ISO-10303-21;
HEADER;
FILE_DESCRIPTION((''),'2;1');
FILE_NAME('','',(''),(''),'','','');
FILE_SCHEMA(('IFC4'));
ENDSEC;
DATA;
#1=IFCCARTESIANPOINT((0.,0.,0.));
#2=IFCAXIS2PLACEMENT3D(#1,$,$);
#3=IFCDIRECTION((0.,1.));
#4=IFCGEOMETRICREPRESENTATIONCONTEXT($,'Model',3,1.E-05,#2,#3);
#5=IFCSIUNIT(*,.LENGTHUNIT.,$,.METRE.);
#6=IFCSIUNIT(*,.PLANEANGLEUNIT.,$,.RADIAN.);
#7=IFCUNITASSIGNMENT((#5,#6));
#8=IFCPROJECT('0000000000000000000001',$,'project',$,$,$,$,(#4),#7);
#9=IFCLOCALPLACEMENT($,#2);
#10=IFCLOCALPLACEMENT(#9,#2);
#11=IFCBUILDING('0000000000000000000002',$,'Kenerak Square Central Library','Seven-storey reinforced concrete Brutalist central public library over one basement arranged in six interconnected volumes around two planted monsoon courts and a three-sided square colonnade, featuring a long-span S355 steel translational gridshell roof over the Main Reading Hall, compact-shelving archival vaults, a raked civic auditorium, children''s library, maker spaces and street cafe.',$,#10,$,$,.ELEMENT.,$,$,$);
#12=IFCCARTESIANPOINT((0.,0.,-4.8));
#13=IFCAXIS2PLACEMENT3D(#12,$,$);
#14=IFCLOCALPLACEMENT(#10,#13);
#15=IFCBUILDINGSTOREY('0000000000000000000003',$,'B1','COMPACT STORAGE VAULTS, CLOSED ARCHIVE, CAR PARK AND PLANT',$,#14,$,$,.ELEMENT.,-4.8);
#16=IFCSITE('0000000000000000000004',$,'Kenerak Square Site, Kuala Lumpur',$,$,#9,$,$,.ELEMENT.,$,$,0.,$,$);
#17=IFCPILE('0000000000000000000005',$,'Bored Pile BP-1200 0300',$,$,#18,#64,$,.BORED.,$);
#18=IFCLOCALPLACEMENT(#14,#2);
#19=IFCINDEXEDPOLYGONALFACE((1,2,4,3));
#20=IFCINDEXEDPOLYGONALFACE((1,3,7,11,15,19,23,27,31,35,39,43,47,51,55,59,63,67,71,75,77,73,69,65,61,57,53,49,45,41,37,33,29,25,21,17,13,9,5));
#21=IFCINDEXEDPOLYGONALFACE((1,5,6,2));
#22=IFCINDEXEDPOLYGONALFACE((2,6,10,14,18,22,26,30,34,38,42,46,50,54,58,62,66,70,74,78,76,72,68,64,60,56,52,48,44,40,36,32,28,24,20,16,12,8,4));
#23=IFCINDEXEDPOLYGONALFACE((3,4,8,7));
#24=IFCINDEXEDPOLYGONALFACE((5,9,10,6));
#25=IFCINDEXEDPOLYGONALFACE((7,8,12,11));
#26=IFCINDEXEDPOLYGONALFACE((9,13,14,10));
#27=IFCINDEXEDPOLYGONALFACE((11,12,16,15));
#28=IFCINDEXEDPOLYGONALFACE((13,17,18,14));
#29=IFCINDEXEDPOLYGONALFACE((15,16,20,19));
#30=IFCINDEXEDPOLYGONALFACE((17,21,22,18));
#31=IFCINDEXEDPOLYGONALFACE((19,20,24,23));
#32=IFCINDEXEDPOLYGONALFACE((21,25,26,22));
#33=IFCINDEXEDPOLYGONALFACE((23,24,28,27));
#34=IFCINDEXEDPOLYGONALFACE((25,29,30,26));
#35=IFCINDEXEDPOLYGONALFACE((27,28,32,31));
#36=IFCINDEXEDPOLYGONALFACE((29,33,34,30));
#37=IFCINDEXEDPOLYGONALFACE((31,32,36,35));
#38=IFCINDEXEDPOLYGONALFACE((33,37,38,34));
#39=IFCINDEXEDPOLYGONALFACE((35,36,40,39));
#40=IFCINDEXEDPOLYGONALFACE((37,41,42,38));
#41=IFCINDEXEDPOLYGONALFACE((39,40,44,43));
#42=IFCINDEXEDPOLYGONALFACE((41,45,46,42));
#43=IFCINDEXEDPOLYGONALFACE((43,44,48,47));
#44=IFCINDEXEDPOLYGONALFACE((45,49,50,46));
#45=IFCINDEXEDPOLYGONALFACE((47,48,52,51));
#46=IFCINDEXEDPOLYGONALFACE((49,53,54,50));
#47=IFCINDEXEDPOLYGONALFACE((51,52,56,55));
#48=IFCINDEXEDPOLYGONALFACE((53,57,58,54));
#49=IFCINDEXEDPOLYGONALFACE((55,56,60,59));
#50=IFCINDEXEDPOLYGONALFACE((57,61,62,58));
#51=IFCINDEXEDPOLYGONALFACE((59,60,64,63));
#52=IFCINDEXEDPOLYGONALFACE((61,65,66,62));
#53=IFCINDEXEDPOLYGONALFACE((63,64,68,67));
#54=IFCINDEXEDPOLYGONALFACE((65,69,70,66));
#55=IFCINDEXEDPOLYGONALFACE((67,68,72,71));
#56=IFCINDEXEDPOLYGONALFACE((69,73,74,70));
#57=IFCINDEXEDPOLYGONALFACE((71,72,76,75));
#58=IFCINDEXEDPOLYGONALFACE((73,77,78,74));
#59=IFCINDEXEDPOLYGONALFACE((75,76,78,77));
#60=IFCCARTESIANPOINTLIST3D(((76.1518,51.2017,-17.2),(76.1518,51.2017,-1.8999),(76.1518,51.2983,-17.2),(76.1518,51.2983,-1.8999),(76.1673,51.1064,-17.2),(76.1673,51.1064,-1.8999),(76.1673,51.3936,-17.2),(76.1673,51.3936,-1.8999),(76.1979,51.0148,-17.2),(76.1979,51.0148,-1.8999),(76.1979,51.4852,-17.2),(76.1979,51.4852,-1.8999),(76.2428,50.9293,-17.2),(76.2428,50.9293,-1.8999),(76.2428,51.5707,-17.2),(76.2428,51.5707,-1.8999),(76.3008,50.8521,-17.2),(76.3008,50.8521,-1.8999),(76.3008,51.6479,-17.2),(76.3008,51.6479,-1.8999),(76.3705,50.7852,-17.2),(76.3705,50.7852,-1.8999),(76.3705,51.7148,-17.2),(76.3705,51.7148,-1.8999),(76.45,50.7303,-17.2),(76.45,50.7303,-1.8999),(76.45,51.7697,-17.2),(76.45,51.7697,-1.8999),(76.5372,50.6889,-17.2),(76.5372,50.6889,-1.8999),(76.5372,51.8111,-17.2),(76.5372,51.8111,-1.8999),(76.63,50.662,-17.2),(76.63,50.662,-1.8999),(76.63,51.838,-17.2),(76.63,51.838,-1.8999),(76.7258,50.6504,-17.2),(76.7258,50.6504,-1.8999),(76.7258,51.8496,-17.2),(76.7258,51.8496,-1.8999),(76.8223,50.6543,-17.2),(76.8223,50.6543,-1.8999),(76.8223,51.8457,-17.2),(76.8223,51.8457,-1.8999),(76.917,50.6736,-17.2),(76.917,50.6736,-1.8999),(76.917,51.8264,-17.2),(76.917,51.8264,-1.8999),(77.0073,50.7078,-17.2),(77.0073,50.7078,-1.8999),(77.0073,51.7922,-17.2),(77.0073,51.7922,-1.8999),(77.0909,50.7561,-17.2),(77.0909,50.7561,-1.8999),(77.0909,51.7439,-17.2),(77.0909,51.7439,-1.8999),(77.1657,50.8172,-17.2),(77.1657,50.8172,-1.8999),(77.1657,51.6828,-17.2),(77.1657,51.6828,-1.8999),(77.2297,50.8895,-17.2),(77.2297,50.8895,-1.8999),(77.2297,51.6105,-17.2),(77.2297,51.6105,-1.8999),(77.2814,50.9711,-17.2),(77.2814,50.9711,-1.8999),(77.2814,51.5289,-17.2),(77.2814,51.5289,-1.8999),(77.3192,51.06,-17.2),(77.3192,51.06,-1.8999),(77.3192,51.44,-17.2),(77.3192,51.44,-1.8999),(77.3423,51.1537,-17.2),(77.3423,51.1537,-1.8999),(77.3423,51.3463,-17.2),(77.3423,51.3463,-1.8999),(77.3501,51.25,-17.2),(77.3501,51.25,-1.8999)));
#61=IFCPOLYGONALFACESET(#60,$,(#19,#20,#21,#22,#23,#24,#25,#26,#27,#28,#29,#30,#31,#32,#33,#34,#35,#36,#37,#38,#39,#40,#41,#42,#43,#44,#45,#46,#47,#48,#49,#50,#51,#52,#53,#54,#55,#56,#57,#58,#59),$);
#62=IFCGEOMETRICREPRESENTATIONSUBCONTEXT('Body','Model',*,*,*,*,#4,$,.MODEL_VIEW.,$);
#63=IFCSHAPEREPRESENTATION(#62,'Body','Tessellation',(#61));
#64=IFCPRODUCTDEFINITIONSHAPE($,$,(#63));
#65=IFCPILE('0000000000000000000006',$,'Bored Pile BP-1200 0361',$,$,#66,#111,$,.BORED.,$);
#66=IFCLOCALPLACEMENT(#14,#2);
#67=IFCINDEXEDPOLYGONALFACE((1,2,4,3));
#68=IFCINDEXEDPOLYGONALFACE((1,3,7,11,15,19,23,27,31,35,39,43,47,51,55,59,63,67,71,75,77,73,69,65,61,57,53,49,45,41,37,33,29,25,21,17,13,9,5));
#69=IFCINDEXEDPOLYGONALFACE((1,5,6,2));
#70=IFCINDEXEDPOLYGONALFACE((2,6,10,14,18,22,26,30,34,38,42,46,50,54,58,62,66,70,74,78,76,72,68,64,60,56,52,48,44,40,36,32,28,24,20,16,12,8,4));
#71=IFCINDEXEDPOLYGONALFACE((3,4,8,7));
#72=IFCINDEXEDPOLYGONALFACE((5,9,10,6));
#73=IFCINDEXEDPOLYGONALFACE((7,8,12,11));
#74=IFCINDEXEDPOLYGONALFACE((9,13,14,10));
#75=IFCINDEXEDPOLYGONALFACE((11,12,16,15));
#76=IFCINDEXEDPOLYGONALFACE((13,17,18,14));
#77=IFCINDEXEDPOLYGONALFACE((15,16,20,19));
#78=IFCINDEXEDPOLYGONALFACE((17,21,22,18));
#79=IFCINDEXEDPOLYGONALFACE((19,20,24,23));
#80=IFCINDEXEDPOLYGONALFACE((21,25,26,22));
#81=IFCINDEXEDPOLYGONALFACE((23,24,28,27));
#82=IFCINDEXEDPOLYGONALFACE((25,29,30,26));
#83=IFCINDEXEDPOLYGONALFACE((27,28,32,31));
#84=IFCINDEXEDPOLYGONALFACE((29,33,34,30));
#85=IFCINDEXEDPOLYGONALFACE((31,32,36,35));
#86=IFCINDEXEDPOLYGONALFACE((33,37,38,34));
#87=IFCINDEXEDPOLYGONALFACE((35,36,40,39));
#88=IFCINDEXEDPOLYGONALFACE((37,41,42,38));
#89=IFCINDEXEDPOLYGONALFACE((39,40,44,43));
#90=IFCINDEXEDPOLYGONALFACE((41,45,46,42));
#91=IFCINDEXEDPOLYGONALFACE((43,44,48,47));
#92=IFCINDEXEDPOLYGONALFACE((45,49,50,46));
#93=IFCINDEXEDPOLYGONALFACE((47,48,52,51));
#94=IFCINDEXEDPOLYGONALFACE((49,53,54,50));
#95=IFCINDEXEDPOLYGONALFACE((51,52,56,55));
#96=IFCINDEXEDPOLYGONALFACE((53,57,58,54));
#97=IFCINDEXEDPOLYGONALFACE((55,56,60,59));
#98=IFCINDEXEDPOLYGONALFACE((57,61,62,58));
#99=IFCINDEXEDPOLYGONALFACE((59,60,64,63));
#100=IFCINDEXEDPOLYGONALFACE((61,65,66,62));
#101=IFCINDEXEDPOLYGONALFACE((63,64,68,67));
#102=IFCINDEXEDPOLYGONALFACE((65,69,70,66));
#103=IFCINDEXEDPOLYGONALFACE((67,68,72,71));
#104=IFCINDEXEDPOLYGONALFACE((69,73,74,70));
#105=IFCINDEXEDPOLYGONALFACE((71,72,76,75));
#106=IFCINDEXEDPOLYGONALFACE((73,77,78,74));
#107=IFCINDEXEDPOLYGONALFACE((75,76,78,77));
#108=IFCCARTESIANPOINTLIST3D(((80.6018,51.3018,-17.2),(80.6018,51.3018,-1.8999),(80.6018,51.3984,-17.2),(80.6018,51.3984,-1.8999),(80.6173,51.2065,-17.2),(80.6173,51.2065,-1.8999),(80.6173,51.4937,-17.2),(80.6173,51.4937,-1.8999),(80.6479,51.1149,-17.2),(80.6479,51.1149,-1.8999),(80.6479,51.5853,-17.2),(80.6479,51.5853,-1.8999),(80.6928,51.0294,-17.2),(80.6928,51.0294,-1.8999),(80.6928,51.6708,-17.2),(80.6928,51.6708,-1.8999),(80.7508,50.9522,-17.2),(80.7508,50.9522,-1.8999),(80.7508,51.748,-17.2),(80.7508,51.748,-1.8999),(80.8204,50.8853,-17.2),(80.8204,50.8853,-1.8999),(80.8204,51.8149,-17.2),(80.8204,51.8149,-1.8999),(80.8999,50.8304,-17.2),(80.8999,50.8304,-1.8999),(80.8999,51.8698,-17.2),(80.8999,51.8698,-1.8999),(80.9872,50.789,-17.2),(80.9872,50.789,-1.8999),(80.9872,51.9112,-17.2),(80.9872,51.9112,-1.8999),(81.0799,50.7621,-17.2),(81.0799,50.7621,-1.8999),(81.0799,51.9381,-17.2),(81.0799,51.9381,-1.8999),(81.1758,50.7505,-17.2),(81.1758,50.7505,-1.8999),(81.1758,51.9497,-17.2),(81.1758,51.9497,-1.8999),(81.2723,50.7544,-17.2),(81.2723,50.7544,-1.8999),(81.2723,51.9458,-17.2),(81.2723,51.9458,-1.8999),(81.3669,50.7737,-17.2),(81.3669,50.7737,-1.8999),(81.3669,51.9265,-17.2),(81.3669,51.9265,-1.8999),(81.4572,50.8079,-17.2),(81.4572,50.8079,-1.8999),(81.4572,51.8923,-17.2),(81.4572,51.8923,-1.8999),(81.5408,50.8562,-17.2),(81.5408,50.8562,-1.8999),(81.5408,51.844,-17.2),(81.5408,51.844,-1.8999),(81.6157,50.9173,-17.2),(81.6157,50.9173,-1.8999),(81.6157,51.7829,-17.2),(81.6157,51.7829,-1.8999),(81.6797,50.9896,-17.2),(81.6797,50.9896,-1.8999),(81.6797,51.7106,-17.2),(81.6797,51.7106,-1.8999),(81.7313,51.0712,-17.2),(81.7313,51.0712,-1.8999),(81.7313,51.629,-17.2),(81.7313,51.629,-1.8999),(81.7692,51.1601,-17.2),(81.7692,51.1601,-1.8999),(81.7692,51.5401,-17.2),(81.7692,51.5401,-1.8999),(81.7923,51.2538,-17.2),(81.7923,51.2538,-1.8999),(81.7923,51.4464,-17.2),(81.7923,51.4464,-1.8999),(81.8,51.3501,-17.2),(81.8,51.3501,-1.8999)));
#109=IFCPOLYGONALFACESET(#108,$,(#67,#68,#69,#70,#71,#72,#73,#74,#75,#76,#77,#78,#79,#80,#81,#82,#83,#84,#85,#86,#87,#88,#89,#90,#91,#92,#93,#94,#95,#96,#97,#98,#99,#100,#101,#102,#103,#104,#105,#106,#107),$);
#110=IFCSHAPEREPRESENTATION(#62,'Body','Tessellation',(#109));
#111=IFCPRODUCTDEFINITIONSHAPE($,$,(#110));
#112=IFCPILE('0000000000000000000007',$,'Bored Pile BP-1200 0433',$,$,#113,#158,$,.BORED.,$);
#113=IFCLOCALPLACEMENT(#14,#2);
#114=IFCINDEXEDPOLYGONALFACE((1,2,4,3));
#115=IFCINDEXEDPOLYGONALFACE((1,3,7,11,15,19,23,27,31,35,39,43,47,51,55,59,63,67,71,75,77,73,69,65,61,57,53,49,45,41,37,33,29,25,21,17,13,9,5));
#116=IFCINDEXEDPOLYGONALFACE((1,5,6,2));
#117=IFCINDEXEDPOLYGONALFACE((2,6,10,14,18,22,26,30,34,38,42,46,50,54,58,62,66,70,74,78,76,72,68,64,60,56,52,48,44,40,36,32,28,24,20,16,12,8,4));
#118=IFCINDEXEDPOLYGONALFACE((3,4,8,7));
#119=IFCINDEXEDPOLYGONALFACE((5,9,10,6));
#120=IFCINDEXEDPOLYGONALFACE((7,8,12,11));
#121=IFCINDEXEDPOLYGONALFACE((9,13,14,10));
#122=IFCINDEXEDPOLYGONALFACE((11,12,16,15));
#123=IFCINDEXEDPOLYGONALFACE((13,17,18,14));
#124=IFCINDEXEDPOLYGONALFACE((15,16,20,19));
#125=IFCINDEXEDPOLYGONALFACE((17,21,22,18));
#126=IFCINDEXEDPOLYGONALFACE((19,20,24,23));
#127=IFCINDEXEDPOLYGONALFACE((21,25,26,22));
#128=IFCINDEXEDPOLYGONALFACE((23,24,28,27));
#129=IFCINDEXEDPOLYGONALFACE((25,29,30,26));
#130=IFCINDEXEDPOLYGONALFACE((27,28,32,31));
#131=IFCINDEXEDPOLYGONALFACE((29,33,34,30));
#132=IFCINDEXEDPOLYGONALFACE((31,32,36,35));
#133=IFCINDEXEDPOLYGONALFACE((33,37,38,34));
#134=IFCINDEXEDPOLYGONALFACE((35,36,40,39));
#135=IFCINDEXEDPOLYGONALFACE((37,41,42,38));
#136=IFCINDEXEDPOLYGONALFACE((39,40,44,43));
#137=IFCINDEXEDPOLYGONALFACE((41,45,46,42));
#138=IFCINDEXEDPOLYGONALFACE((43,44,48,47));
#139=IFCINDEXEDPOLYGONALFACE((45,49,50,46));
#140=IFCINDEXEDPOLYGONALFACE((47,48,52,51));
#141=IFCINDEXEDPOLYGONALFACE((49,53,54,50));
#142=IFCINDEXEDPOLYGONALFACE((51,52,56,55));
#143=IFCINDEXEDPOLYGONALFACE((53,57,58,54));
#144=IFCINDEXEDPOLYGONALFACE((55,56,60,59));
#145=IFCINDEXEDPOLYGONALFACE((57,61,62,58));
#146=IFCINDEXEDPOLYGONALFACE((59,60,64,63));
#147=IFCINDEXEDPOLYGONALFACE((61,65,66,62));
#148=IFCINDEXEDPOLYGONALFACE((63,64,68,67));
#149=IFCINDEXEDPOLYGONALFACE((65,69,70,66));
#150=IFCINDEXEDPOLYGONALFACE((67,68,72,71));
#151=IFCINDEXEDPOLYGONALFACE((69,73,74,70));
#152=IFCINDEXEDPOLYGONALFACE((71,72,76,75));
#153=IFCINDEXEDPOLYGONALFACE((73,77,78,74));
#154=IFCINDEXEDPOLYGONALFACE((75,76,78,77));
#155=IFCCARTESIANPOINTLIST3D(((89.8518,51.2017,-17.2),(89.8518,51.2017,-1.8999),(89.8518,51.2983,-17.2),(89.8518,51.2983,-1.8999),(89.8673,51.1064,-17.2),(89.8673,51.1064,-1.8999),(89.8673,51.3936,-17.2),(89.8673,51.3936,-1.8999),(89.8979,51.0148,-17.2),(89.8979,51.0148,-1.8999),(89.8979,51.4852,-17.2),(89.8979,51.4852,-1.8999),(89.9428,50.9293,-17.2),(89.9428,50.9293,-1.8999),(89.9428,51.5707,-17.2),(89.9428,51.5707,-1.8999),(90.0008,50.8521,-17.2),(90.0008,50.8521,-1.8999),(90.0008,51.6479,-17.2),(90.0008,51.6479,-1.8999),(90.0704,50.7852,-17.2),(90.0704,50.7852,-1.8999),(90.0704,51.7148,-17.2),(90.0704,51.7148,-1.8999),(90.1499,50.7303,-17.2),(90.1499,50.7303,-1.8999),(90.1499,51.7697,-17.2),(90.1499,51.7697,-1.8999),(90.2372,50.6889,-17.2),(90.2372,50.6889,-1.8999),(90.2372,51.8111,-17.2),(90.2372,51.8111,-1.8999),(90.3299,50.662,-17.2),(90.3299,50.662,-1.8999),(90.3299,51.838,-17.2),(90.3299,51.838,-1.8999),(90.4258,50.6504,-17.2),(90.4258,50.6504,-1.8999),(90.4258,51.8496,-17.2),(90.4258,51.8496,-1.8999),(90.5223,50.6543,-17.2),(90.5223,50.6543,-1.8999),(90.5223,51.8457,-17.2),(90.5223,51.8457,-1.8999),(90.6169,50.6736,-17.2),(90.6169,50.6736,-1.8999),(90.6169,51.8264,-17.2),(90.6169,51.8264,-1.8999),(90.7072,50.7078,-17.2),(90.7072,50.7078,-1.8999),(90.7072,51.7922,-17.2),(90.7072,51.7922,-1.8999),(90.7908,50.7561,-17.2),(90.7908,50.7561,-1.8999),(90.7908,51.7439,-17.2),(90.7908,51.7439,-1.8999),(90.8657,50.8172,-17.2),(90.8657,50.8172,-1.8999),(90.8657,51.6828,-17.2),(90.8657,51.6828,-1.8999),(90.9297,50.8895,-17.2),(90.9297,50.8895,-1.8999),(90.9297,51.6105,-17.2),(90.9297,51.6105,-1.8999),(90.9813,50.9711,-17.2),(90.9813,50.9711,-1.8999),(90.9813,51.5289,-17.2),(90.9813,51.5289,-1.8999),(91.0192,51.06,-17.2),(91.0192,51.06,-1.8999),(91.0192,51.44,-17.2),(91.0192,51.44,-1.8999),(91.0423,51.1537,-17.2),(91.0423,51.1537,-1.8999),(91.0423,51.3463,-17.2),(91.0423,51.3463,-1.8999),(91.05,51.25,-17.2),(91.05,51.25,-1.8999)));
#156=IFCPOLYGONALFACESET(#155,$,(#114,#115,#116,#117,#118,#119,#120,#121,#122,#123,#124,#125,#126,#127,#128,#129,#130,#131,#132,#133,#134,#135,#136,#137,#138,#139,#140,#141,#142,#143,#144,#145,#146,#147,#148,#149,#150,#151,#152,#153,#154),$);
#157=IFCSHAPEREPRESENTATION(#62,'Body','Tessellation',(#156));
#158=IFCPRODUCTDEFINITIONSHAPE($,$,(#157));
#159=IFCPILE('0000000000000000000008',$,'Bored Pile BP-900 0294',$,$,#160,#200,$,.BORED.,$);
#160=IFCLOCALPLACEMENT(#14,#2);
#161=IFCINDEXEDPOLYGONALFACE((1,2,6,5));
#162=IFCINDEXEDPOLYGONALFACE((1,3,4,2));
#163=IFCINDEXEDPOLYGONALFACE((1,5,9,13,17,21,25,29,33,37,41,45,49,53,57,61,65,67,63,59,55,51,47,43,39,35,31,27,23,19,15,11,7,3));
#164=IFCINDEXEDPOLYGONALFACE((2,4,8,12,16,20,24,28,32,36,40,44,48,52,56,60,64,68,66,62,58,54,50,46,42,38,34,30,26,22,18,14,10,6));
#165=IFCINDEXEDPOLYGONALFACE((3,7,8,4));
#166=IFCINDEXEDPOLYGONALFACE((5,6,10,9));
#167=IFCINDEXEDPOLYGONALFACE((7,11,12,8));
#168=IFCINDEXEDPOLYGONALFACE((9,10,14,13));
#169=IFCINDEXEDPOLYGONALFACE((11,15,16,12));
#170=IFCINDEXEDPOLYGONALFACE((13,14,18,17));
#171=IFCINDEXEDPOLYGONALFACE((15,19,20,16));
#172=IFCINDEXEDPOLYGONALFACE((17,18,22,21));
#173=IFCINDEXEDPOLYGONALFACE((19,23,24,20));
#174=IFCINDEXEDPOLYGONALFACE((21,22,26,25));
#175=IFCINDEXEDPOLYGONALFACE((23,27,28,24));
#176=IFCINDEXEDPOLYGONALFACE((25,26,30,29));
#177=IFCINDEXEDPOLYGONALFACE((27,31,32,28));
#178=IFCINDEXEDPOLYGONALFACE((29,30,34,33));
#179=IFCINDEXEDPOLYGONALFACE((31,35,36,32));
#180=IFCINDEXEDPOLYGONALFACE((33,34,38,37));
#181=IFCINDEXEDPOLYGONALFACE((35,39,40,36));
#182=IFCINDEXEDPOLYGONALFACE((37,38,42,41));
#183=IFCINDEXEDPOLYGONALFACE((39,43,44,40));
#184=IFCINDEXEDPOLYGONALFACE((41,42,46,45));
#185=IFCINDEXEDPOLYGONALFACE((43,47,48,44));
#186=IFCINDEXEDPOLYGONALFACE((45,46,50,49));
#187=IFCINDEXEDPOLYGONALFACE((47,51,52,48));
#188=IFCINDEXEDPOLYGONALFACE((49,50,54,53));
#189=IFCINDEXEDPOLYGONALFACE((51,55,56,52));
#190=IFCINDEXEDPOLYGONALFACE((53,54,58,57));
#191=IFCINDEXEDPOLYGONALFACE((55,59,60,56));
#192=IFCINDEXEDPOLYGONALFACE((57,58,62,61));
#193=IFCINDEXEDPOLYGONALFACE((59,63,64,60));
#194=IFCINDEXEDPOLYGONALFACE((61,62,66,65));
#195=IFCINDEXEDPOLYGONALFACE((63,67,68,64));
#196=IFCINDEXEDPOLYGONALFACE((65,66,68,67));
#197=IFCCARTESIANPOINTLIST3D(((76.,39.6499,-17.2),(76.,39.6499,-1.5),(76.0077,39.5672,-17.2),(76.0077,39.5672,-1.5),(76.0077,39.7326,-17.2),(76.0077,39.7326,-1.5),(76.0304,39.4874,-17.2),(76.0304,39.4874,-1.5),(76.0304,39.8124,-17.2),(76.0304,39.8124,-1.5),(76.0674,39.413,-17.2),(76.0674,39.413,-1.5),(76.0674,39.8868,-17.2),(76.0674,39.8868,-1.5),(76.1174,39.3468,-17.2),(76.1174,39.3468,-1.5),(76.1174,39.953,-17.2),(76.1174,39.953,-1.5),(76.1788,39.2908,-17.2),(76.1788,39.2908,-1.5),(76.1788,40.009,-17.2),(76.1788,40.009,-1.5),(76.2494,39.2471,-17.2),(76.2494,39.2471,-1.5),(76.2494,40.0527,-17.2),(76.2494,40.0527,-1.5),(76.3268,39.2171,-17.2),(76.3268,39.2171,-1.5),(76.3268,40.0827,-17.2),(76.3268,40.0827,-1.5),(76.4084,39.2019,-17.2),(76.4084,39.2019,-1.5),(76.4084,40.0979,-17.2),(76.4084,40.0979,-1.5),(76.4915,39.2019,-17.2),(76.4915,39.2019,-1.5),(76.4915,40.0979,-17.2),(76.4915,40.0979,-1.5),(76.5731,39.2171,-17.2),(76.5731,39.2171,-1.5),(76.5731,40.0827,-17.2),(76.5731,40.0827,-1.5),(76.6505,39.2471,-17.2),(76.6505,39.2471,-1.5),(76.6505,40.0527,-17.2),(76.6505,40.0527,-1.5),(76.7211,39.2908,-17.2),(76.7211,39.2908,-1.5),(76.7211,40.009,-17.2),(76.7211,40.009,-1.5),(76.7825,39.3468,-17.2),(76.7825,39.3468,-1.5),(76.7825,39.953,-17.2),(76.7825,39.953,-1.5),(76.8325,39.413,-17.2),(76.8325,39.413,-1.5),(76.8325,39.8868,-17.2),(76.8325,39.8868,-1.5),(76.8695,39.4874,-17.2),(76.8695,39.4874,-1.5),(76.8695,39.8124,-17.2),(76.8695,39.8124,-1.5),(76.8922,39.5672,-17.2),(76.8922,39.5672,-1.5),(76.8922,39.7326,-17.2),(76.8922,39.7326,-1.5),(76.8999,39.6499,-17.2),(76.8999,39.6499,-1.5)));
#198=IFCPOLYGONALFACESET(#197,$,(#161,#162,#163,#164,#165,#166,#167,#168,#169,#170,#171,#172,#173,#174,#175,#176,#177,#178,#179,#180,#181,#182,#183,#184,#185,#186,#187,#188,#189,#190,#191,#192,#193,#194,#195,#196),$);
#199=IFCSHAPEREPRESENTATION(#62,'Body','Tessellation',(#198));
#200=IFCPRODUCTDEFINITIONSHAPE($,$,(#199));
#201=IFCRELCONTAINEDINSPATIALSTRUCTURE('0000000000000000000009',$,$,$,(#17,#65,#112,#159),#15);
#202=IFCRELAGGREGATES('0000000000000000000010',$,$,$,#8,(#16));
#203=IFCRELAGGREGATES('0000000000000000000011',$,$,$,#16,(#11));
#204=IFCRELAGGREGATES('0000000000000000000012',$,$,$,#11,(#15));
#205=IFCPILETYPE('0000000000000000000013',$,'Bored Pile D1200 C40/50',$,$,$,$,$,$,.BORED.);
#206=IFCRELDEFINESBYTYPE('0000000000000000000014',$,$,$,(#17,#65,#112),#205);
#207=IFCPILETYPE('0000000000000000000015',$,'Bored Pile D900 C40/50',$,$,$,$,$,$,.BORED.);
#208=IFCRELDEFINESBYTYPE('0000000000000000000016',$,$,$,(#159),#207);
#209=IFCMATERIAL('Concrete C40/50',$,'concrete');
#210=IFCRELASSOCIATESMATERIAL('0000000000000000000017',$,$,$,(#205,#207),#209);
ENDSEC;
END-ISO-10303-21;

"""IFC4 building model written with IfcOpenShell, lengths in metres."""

from ifc_helpers import new_model, si_unit, direction, frame, origin, origin_2d, place, context, subcontext, project, spatial, circle, extrude, material, material_profile, profile_set, type_object, element, save


model = new_model("IFC4")

# Units and contexts
model_context = context("Model", 3, precision=1e-05, world=origin(), true_north=direction((0.0, 1.0)))
body_context = subcontext(model_context, "Body", "Model", "MODEL_VIEW")
ifc_project = project(units=[si_unit("LENGTHUNIT", "METRE"), si_unit("PLANEANGLEUNIT", "RADIAN")], contexts=[model_context])

# Site, building, storey
site_placement = place(None, origin())
site = spatial("IfcSite", under=ifc_project, at=site_placement, Name="Kenerak Square Site, Kuala Lumpur", CompositionType="ELEMENT", RefElevation=0.0)
building_placement = place(site_placement, origin())
building = spatial("IfcBuilding", under=site, at=building_placement, Name="Kenerak Square Central Library", Description="Seven-storey reinforced concrete Brutalist central public library over one basement arranged in six interconnected volumes around two planted monsoon courts and a three-sided square colonnade, featuring a long-span S355 steel translational gridshell roof over the Main Reading Hall, compact-shelving archival vaults, a raked civic auditorium, children's library, maker spaces and street cafe.", CompositionType="ELEMENT")
storey_placement = place(building_placement, frame((0.0, 0.0, -4.8)))
storey = spatial("IfcBuildingStorey", under=building, at=storey_placement, Name="B1", Description="COMPACT STORAGE VAULTS, CLOSED ARCHIVE, CAR PARK AND PLANT", CompositionType="ELEMENT", Elevation=-4.8)

# Piles
ifc_material_1 = material(Name="Concrete C40/50", Category="concrete")
ifc_material_profile_1 = material_profile(ifc_material_1, circle(Radius=0.6001, at=origin_2d()), Name="BP D1200")
ifc_profile_set_1 = profile_set([ifc_material_profile_1], Name="Concrete C40/50")
pile_type_1 = type_object("IfcPileType", Name="Bored Pile D1200 C40/50", PredefinedType="BORED", material=ifc_profile_set_1)
for number, where, z_axis, x_axis, name in (
    (1, (76.75, 51.25, -1.8999), (0.0, 0.0, -1.0), (1.0, 0.0, 0.0), "Bored Pile BP-1200 0300"),
    (2, (81.2, 51.3501, -1.8999), (0.0, 0.0, -1.0), (1.0, 0.0, 0.0), "Bored Pile BP-1200 0361"),
    (3, (90.45, 51.25, -1.8999), (0.0, 0.0, -1.0), (1.0, 0.0, 0.0), "Bored Pile BP-1200 0433"),
):
    element("IfcPile", number, at=place(storey_placement, frame(where, z_axis=z_axis, x_axis=x_axis)), inside=storey, type_object=pile_type_1, Name=name, PredefinedType="BORED", context=body_context, shape_type="SweptSolid", body=[
        extrude(circle(Radius=0.6001, at=origin_2d()), origin(), (0.0, 0.0, 1.0), 15.3),
    ])
ifc_material_profile_2 = material_profile(ifc_material_1, circle(Radius=0.45, at=origin_2d()), Name="BP D900")
ifc_profile_set_2 = profile_set([ifc_material_profile_2], Name="Concrete C40/50")
pile_type_2 = type_object("IfcPileType", Name="Bored Pile D900 C40/50", PredefinedType="BORED", material=ifc_profile_set_2)
for number, where, z_axis, x_axis, name in (
    (4, (76.45, 39.6499, -1.5), (0.0, 0.0, -1.0), (1.0, 0.0, 0.0), "Bored Pile BP-900 0294"),
):
    element("IfcPile", number, at=place(storey_placement, frame(where, z_axis=z_axis, x_axis=x_axis)), inside=storey, type_object=pile_type_2, Name=name, PredefinedType="BORED", context=body_context, shape_type="SweptSolid", body=[
        extrude(circle(Radius=0.45, at=origin_2d()), origin(), (0.0, 0.0, 1.0), 15.7),
    ])

save(model, "model.ifc")
